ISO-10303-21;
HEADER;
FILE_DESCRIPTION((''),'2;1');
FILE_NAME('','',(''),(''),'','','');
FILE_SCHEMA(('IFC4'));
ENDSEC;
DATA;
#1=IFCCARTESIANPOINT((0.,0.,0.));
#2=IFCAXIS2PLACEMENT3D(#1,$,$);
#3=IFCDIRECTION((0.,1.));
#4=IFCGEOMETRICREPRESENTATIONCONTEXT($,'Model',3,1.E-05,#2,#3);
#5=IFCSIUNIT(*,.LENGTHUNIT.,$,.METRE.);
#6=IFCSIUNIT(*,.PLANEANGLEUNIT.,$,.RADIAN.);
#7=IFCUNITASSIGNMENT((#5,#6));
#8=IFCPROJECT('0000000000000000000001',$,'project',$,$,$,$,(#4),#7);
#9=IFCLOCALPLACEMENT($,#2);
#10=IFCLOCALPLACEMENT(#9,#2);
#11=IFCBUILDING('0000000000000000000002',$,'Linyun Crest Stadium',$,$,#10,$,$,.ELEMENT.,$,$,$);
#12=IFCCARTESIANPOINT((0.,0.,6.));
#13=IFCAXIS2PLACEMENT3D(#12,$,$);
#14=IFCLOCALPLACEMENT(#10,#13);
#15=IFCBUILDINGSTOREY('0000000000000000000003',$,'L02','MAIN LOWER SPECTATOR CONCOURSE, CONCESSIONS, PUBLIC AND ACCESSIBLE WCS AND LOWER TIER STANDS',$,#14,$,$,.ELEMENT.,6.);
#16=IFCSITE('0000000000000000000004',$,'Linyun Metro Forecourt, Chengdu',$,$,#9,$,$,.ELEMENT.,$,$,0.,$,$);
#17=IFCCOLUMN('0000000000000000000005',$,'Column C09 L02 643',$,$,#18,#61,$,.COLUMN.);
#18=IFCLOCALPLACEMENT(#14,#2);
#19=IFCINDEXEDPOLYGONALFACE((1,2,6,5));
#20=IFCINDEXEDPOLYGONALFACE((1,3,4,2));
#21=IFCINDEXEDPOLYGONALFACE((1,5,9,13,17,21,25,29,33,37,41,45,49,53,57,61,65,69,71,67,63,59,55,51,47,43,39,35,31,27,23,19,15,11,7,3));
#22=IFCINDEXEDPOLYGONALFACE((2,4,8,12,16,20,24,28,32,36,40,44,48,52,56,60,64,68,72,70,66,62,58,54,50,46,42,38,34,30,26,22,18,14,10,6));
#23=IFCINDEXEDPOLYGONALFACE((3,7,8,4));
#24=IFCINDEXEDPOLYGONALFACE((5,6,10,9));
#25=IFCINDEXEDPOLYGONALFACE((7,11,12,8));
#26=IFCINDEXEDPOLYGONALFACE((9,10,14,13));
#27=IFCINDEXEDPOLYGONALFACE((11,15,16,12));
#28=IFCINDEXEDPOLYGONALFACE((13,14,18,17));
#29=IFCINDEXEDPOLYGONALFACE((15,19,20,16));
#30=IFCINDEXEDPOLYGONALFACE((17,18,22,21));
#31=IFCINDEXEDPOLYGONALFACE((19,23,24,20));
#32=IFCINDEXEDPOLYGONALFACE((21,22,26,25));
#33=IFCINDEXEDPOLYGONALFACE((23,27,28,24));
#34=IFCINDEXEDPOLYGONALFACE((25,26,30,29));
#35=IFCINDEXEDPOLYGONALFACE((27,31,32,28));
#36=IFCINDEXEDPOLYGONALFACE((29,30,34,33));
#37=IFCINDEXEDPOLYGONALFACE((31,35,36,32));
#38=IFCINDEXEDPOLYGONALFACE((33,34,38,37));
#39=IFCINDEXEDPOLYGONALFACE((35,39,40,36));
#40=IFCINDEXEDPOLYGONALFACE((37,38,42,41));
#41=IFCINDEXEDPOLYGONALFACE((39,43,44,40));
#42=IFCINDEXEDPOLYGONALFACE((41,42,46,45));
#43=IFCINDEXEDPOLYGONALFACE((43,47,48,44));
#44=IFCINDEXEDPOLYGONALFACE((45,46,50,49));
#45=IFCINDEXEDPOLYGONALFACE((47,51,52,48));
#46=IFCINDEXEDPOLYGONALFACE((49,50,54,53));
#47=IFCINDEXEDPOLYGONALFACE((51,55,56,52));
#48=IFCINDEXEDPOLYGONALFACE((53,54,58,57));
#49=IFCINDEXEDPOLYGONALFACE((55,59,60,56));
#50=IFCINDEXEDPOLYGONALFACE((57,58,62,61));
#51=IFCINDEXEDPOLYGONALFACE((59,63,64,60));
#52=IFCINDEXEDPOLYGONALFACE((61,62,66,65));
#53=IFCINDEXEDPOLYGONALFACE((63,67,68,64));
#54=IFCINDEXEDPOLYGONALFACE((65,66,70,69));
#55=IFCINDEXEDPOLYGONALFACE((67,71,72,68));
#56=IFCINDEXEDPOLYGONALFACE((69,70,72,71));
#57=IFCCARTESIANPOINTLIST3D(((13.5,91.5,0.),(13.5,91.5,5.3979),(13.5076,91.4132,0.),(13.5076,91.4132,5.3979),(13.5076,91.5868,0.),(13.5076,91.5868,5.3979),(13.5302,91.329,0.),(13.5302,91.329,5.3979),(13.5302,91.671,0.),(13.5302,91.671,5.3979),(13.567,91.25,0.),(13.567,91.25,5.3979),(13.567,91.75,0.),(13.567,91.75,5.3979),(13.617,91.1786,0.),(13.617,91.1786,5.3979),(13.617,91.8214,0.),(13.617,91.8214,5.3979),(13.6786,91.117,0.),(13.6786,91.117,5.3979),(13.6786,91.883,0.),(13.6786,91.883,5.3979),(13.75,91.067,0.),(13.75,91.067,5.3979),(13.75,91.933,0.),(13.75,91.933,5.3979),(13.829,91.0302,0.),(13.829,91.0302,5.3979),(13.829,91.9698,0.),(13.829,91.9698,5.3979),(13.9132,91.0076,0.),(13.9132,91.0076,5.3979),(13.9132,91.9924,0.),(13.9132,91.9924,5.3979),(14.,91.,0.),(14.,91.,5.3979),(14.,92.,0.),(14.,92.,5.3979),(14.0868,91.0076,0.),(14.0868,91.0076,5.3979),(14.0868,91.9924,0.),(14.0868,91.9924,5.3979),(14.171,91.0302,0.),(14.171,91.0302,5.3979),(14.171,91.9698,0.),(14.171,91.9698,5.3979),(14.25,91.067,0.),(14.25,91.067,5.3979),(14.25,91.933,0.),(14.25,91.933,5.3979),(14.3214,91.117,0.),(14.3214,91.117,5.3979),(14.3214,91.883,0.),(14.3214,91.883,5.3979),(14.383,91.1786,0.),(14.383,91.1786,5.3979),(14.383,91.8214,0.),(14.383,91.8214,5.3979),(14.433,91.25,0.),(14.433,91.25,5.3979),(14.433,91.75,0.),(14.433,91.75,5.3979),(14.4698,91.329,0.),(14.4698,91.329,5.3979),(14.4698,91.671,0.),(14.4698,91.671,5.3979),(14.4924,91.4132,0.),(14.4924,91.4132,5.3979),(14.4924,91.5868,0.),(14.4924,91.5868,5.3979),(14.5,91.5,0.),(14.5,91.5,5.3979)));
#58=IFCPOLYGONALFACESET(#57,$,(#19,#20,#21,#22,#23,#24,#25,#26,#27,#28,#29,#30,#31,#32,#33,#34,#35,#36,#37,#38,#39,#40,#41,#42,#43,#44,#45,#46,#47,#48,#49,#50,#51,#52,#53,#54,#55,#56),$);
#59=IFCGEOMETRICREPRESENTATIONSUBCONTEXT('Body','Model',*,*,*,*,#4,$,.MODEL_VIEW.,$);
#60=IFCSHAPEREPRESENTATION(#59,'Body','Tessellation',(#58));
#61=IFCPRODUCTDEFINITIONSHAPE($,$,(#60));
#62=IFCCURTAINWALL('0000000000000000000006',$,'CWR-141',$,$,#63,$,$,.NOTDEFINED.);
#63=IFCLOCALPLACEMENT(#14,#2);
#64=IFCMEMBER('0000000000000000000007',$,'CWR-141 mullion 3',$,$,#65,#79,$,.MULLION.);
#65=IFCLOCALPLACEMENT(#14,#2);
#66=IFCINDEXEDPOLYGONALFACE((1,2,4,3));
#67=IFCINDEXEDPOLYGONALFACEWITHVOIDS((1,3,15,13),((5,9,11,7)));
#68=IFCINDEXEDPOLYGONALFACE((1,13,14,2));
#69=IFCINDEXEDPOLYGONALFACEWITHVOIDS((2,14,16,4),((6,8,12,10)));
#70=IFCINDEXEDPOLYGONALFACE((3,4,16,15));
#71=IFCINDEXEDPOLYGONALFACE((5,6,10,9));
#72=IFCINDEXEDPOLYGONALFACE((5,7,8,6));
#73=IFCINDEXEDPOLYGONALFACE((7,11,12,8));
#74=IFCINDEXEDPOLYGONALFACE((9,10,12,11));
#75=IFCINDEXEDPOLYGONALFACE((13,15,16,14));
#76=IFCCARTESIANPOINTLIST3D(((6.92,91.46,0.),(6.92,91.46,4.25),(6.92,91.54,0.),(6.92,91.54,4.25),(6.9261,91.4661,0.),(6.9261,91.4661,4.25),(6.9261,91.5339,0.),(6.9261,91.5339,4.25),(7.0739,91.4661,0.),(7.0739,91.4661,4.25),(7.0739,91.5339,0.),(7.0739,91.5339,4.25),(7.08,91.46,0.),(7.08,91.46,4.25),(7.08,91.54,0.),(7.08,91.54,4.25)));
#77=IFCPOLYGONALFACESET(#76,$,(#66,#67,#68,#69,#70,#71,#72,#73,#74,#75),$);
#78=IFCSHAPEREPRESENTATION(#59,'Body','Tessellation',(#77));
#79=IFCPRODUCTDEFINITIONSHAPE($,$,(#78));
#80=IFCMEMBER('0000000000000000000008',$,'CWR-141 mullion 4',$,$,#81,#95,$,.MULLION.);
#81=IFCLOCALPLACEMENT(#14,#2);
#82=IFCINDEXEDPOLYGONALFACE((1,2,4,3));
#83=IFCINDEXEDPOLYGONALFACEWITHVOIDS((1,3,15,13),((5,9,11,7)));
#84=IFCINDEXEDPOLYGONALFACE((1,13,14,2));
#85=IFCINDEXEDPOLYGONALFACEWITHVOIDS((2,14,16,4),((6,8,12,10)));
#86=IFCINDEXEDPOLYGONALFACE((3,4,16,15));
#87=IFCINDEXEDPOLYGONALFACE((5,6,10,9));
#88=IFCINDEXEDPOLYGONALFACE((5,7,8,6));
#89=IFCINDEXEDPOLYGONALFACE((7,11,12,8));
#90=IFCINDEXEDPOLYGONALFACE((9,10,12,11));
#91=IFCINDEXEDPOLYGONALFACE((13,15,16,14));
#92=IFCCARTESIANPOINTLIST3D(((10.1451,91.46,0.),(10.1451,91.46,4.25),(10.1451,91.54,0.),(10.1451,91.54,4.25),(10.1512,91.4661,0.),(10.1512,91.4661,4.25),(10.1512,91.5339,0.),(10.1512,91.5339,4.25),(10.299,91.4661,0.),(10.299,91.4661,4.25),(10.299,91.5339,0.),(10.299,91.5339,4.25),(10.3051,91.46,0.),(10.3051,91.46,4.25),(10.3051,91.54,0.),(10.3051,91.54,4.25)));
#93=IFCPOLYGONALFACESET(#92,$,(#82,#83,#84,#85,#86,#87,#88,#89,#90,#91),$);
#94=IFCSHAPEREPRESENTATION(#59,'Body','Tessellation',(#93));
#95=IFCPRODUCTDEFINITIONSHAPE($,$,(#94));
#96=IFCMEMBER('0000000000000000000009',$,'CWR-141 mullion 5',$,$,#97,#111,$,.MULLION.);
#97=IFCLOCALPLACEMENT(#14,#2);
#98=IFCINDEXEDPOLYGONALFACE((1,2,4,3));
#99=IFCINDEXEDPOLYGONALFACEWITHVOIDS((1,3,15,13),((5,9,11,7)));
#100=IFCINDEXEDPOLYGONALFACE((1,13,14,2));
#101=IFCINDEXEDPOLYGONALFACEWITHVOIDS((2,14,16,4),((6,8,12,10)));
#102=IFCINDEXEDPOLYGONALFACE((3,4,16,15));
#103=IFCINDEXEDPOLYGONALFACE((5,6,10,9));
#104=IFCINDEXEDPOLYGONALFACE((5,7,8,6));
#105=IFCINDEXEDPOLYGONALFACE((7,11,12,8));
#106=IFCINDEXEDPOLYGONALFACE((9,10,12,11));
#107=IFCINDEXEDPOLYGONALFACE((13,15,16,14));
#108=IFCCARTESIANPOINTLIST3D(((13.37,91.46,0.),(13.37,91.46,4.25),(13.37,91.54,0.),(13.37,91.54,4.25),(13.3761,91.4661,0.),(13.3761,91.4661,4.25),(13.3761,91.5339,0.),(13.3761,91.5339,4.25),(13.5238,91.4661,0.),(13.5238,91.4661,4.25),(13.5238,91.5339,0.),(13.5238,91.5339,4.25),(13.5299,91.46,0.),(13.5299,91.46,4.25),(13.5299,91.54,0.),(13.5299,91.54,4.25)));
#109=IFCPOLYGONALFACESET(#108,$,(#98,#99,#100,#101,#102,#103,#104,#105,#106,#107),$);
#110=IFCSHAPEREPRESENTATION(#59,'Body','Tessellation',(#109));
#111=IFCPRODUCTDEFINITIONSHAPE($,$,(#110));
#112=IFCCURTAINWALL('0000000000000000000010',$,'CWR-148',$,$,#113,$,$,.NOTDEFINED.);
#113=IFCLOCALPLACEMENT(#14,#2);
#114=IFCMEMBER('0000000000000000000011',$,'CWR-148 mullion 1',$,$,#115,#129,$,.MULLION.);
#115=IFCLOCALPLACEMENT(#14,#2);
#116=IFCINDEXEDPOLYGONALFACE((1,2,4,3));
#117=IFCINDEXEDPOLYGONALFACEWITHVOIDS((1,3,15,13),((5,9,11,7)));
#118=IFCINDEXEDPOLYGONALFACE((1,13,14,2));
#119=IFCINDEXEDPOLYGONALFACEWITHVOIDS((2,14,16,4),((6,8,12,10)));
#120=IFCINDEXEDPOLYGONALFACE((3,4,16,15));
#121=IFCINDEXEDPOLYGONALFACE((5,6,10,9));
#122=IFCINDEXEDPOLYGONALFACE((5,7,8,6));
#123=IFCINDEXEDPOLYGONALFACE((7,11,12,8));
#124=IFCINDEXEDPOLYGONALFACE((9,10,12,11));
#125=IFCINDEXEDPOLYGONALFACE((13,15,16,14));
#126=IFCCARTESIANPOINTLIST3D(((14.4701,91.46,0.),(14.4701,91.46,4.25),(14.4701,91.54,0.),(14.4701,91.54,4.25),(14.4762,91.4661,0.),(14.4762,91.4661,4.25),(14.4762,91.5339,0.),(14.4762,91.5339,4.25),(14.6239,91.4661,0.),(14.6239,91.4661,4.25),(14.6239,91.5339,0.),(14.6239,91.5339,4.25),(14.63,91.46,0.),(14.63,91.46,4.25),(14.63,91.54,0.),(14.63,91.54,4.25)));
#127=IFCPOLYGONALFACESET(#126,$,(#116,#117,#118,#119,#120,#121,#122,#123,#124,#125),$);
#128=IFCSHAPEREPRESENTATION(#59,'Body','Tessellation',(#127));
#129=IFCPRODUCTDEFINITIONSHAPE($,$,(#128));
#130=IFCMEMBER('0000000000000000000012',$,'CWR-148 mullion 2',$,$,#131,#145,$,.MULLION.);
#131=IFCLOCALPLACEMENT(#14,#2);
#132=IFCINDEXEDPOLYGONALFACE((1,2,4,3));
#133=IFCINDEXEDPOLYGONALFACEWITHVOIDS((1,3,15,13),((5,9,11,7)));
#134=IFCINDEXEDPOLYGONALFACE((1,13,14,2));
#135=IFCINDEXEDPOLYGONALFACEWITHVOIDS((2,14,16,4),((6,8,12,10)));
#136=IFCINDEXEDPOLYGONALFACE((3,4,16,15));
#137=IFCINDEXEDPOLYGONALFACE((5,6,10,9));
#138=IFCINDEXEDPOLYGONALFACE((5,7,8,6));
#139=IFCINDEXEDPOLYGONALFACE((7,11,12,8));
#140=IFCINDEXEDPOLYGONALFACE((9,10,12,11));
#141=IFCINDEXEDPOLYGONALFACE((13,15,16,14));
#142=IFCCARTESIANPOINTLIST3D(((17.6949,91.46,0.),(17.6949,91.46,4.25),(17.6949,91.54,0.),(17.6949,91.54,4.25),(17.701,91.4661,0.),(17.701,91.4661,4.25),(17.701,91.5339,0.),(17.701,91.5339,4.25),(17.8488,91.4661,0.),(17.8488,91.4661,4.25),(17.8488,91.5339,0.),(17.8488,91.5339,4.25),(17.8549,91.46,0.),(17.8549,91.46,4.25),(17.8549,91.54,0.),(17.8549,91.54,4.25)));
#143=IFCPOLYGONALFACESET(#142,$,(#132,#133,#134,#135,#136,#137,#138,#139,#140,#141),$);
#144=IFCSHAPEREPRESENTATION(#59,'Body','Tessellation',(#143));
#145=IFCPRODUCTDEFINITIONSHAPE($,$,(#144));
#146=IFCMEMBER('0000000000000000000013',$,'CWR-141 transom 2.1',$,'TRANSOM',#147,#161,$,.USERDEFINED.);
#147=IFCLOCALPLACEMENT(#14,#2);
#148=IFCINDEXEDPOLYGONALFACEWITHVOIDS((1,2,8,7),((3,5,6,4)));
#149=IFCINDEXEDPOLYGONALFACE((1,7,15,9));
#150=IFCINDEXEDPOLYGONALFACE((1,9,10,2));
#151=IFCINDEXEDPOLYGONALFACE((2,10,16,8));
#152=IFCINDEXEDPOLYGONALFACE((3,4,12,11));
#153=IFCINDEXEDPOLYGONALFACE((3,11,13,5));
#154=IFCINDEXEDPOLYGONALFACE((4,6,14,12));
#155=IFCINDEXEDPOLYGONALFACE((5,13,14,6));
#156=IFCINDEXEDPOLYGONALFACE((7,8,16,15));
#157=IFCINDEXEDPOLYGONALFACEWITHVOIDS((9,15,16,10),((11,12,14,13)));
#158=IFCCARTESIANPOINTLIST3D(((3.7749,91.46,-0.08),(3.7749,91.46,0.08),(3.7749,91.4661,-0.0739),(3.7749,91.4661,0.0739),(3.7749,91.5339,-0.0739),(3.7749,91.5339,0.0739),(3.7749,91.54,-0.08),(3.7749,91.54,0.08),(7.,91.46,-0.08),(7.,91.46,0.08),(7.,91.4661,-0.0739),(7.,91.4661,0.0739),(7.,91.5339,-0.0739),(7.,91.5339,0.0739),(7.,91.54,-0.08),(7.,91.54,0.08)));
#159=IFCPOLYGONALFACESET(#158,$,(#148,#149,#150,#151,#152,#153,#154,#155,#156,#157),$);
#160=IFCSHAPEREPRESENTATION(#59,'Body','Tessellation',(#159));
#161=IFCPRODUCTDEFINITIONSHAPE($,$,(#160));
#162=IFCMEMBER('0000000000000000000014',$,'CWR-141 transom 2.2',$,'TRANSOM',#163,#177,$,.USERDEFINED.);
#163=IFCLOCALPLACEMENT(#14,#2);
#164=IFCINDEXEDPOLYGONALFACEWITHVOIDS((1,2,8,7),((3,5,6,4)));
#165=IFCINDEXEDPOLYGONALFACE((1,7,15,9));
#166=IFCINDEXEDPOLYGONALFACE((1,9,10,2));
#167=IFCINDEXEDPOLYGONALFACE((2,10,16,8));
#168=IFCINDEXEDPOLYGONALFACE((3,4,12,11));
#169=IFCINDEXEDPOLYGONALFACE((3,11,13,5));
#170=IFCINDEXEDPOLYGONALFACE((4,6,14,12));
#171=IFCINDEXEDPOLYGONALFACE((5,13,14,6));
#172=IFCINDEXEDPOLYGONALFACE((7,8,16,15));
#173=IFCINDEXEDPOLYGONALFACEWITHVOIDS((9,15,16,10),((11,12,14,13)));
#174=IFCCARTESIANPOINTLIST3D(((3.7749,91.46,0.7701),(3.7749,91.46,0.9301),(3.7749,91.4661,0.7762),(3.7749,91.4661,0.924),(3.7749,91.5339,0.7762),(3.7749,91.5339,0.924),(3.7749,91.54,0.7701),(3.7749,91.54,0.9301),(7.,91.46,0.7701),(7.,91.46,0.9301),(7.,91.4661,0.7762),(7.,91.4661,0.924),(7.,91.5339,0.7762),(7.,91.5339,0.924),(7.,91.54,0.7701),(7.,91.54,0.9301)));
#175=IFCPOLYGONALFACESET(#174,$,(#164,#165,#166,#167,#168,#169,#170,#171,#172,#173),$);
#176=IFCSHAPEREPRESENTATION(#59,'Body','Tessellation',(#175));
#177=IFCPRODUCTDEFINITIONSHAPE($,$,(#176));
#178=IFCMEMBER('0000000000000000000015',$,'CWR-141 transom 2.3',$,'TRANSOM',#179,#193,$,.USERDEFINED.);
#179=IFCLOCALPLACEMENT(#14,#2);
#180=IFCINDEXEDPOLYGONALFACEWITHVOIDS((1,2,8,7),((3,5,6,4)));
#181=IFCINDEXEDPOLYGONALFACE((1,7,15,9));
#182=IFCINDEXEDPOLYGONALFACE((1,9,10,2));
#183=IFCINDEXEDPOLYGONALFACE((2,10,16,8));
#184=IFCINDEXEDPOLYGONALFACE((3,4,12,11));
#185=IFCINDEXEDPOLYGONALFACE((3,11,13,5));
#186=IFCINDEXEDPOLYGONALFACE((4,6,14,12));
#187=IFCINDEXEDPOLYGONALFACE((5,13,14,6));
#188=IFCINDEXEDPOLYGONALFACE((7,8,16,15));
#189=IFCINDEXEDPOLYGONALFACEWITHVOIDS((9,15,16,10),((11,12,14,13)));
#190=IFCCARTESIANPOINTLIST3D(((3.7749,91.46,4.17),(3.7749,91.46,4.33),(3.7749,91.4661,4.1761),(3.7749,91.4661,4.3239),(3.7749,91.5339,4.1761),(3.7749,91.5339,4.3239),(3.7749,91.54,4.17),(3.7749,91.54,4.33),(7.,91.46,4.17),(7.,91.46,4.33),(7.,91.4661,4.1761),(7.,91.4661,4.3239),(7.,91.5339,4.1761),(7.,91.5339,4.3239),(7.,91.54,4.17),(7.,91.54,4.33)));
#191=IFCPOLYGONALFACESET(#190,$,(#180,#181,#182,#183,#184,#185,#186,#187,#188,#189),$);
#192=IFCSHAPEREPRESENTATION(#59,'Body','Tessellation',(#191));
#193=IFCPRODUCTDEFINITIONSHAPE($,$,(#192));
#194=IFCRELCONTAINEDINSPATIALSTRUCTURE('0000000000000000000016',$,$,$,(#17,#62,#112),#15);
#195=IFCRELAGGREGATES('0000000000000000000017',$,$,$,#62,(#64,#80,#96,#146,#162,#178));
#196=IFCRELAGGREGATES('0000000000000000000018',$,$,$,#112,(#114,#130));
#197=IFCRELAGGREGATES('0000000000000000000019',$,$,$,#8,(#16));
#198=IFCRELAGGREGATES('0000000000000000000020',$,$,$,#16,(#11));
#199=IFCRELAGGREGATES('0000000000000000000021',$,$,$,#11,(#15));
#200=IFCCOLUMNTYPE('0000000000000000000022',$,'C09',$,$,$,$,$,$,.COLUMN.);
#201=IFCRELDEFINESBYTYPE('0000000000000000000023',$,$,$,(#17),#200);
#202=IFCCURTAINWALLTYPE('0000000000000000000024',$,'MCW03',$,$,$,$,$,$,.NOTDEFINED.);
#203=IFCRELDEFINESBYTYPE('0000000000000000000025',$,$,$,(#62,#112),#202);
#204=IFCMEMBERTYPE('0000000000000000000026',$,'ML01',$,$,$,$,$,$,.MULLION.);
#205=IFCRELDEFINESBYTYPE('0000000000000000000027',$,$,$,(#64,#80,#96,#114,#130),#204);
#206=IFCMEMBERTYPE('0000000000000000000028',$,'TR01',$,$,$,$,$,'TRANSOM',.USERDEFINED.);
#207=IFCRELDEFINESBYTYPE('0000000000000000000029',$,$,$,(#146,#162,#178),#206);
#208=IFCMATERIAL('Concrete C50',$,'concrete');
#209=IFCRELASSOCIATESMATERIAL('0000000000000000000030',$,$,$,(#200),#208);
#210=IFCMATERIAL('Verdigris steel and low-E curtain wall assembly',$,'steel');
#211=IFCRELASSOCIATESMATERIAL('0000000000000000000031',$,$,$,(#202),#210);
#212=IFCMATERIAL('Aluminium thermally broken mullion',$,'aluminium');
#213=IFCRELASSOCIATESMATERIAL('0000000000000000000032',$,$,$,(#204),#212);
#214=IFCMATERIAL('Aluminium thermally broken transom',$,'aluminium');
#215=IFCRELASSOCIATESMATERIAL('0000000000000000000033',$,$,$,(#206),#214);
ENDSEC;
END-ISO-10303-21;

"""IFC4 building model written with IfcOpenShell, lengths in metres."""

from ifc_helpers import new_model, si_unit, direction, frame, origin, origin_2d, place, context, subcontext, project, spatial, hollow_rectangle, circle, extrude, material, material_profile, profile_set, type_object, element, aggregate, save


model = new_model("IFC4")

# Units and contexts
model_context = context("Model", 3, precision=1e-05, world=origin(), true_north=direction((0.0, 1.0)))
body_context = subcontext(model_context, "Body", "Model", "MODEL_VIEW")
ifc_project = project(units=[si_unit("LENGTHUNIT", "METRE"), si_unit("PLANEANGLEUNIT", "RADIAN")], contexts=[model_context])

# Site, building, storey
site_placement = place(None, origin())
site = spatial("IfcSite", under=ifc_project, at=site_placement, Name="Linyun Metro Forecourt, Chengdu", CompositionType="ELEMENT", RefElevation=0.0)
building_placement = place(site_placement, origin())
building = spatial("IfcBuilding", under=site, at=building_placement, Name="Linyun Crest Stadium", CompositionType="ELEMENT")
storey_placement = place(building_placement, frame((0.0, 0.0, 6.0)))
storey = spatial("IfcBuildingStorey", under=building, at=storey_placement, Name="L02", Description="MAIN LOWER SPECTATOR CONCOURSE, CONCESSIONS, PUBLIC AND ACCESSIBLE WCS AND LOWER TIER STANDS", CompositionType="ELEMENT", Elevation=6.0)

# Column
ifc_material_1 = material(Name="Concrete C50", Category="concrete")
ifc_material_profile_1 = material_profile(ifc_material_1, circle(Radius=0.5, at=origin_2d()), Name="RC D1000")
ifc_profile_set_1 = profile_set([ifc_material_profile_1], Name="Concrete C50")
column_type = type_object("IfcColumnType", Name="C09", PredefinedType="COLUMN", material=ifc_profile_set_1)
column_placement = place(storey_placement, frame((14.0, 91.5, 0.0), z_axis=(0.0, 0.0, 1.0), x_axis=(1.0, 0.0, 0.0)))
element("IfcColumn", 1, at=column_placement, inside=storey, type_object=column_type, Name="Column C09 L02 643", PredefinedType="COLUMN", context=body_context, shape_type="SweptSolid", body=[
    extrude(circle(Radius=0.5, at=origin_2d()), origin(), (0.0, 0.0, 1.0), 5.3979),
])

# Curtain walls, members
ifc_material_2 = material(Name="Verdigris steel and low-E curtain wall assembly", Category="steel")
curtain_wall_type = type_object("IfcCurtainWallType", Name="MCW03", PredefinedType="NOTDEFINED", material=ifc_material_2)
curtain_wall_1_placement = place(storey_placement, origin())
curtain_wall_1 = element("IfcCurtainWall", 2, at=curtain_wall_1_placement, inside=storey, type_object=curtain_wall_type, Name="CWR-141", PredefinedType="NOTDEFINED")
ifc_material_3 = material(Name="Aluminium thermally broken mullion", Category="aluminium")
ifc_material_profile_2 = material_profile(ifc_material_3, hollow_rectangle(XDim=0.0801, YDim=0.1599, WallThickness=0.0061, at=origin_2d()), Name="RHS 160x80x6")
ifc_profile_set_2 = profile_set([ifc_material_profile_2], Name="Aluminium thermally broken mullion")
member_type_1 = type_object("IfcMemberType", Name="ML01", PredefinedType="MULLION", material=ifc_profile_set_2)
member_1_placement = place(storey_placement, frame((7.0, 91.5, 0.0), z_axis=(0.0, 0.0, 1.0), x_axis=(0.0, 1.0, 0.0)))
member_1 = element("IfcMember", 3, at=member_1_placement, type_object=member_type_1, Name="CWR-141 mullion 3", PredefinedType="MULLION", context=body_context, shape_type="SweptSolid", body=[
    extrude(hollow_rectangle(XDim=0.0801, YDim=0.1599, WallThickness=0.0061, at=origin_2d()), origin(), (0.0, 0.0, 1.0), 4.25),
])
member_2_placement = place(storey_placement, frame((10.2251, 91.5, 0.0), z_axis=(0.0, 0.0, 1.0), x_axis=(0.0, 1.0, 0.0)))
member_2 = element("IfcMember", 4, at=member_2_placement, type_object=member_type_1, Name="CWR-141 mullion 4", PredefinedType="MULLION", context=body_context, shape_type="SweptSolid", body=[
    extrude(hollow_rectangle(XDim=0.0801, YDim=0.1599, WallThickness=0.0061, at=origin_2d()), origin(), (0.0, 0.0, 1.0), 4.25),
])
member_3_placement = place(storey_placement, frame((13.45, 91.5, 0.0), z_axis=(0.0, 0.0, 1.0), x_axis=(0.0, 1.0, 0.0)))
member_3 = element("IfcMember", 5, at=member_3_placement, type_object=member_type_1, Name="CWR-141 mullion 5", PredefinedType="MULLION", context=body_context, shape_type="SweptSolid", body=[
    extrude(hollow_rectangle(XDim=0.0801, YDim=0.1599, WallThickness=0.0061, at=origin_2d()), origin(), (0.0, 0.0, 1.0), 4.25),
])
curtain_wall_2_placement = place(storey_placement, origin())
curtain_wall_2 = element("IfcCurtainWall", 6, at=curtain_wall_2_placement, inside=storey, type_object=curtain_wall_type, Name="CWR-148", PredefinedType="NOTDEFINED")
member_4_placement = place(storey_placement, frame((14.55, 91.5, 0.0), z_axis=(0.0, 0.0, 1.0), x_axis=(0.0, 1.0, 0.0)))
member_4 = element("IfcMember", 7, at=member_4_placement, type_object=member_type_1, Name="CWR-148 mullion 1", PredefinedType="MULLION", context=body_context, shape_type="SweptSolid", body=[
    extrude(hollow_rectangle(XDim=0.0801, YDim=0.1599, WallThickness=0.0061, at=origin_2d()), origin(), (0.0, 0.0, 1.0), 4.25),
])
member_5_placement = place(storey_placement, frame((17.7749, 91.5, 0.0), z_axis=(0.0, 0.0, 1.0), x_axis=(0.0, 1.0, 0.0)))
member_5 = element("IfcMember", 8, at=member_5_placement, type_object=member_type_1, Name="CWR-148 mullion 2", PredefinedType="MULLION", context=body_context, shape_type="SweptSolid", body=[
    extrude(hollow_rectangle(XDim=0.0801, YDim=0.1599, WallThickness=0.0061, at=origin_2d()), origin(), (0.0, 0.0, 1.0), 4.25),
])

# Members
ifc_material_4 = material(Name="Aluminium thermally broken transom", Category="aluminium")
ifc_material_profile_3 = material_profile(ifc_material_4, hollow_rectangle(XDim=0.0801, YDim=0.1599, WallThickness=0.0061, at=origin_2d()), Name="RHS 160x80x6")
ifc_profile_set_3 = profile_set([ifc_material_profile_3], Name="Aluminium thermally broken transom")
member_type_2 = type_object("IfcMemberType", Name="TR01", ElementType="TRANSOM", PredefinedType="USERDEFINED", material=ifc_profile_set_3)
member_6_placement = place(storey_placement, frame((3.7749, 91.5, 0.0), z_axis=(1.0, 0.0, 0.0), x_axis=(0.0, 1.0, 0.0)))
member_6 = element("IfcMember", 9, at=member_6_placement, type_object=member_type_2, Name="CWR-141 transom 2.1", ObjectType="TRANSOM", PredefinedType="USERDEFINED", context=body_context, shape_type="SweptSolid", body=[
    extrude(hollow_rectangle(XDim=0.0801, YDim=0.1599, WallThickness=0.0061, at=origin_2d()), origin(), (0.0, 0.0, 1.0), 3.2251),
])
member_7_placement = place(storey_placement, frame((3.7749, 91.5, 0.8501), z_axis=(1.0, 0.0, 0.0), x_axis=(0.0, 1.0, 0.0)))
member_7 = element("IfcMember", 10, at=member_7_placement, type_object=member_type_2, Name="CWR-141 transom 2.2", ObjectType="TRANSOM", PredefinedType="USERDEFINED", context=body_context, shape_type="SweptSolid", body=[
    extrude(hollow_rectangle(XDim=0.0801, YDim=0.1599, WallThickness=0.0061, at=origin_2d()), origin(), (0.0, 0.0, 1.0), 3.2251),
])
member_8_placement = place(storey_placement, frame((3.7749, 91.5, 4.25), z_axis=(1.0, 0.0, 0.0), x_axis=(0.0, 1.0, 0.0)))
member_8 = element("IfcMember", 11, at=member_8_placement, type_object=member_type_2, Name="CWR-141 transom 2.3", ObjectType="TRANSOM", PredefinedType="USERDEFINED", context=body_context, shape_type="SweptSolid", body=[
    extrude(hollow_rectangle(XDim=0.0801, YDim=0.1599, WallThickness=0.0061, at=origin_2d()), origin(), (0.0, 0.0, 1.0), 3.2251),
])

aggregate(curtain_wall_1, [member_1, member_2, member_3, member_6, member_7, member_8])
aggregate(curtain_wall_2, [member_4, member_5])

save(model, "model.ifc")
